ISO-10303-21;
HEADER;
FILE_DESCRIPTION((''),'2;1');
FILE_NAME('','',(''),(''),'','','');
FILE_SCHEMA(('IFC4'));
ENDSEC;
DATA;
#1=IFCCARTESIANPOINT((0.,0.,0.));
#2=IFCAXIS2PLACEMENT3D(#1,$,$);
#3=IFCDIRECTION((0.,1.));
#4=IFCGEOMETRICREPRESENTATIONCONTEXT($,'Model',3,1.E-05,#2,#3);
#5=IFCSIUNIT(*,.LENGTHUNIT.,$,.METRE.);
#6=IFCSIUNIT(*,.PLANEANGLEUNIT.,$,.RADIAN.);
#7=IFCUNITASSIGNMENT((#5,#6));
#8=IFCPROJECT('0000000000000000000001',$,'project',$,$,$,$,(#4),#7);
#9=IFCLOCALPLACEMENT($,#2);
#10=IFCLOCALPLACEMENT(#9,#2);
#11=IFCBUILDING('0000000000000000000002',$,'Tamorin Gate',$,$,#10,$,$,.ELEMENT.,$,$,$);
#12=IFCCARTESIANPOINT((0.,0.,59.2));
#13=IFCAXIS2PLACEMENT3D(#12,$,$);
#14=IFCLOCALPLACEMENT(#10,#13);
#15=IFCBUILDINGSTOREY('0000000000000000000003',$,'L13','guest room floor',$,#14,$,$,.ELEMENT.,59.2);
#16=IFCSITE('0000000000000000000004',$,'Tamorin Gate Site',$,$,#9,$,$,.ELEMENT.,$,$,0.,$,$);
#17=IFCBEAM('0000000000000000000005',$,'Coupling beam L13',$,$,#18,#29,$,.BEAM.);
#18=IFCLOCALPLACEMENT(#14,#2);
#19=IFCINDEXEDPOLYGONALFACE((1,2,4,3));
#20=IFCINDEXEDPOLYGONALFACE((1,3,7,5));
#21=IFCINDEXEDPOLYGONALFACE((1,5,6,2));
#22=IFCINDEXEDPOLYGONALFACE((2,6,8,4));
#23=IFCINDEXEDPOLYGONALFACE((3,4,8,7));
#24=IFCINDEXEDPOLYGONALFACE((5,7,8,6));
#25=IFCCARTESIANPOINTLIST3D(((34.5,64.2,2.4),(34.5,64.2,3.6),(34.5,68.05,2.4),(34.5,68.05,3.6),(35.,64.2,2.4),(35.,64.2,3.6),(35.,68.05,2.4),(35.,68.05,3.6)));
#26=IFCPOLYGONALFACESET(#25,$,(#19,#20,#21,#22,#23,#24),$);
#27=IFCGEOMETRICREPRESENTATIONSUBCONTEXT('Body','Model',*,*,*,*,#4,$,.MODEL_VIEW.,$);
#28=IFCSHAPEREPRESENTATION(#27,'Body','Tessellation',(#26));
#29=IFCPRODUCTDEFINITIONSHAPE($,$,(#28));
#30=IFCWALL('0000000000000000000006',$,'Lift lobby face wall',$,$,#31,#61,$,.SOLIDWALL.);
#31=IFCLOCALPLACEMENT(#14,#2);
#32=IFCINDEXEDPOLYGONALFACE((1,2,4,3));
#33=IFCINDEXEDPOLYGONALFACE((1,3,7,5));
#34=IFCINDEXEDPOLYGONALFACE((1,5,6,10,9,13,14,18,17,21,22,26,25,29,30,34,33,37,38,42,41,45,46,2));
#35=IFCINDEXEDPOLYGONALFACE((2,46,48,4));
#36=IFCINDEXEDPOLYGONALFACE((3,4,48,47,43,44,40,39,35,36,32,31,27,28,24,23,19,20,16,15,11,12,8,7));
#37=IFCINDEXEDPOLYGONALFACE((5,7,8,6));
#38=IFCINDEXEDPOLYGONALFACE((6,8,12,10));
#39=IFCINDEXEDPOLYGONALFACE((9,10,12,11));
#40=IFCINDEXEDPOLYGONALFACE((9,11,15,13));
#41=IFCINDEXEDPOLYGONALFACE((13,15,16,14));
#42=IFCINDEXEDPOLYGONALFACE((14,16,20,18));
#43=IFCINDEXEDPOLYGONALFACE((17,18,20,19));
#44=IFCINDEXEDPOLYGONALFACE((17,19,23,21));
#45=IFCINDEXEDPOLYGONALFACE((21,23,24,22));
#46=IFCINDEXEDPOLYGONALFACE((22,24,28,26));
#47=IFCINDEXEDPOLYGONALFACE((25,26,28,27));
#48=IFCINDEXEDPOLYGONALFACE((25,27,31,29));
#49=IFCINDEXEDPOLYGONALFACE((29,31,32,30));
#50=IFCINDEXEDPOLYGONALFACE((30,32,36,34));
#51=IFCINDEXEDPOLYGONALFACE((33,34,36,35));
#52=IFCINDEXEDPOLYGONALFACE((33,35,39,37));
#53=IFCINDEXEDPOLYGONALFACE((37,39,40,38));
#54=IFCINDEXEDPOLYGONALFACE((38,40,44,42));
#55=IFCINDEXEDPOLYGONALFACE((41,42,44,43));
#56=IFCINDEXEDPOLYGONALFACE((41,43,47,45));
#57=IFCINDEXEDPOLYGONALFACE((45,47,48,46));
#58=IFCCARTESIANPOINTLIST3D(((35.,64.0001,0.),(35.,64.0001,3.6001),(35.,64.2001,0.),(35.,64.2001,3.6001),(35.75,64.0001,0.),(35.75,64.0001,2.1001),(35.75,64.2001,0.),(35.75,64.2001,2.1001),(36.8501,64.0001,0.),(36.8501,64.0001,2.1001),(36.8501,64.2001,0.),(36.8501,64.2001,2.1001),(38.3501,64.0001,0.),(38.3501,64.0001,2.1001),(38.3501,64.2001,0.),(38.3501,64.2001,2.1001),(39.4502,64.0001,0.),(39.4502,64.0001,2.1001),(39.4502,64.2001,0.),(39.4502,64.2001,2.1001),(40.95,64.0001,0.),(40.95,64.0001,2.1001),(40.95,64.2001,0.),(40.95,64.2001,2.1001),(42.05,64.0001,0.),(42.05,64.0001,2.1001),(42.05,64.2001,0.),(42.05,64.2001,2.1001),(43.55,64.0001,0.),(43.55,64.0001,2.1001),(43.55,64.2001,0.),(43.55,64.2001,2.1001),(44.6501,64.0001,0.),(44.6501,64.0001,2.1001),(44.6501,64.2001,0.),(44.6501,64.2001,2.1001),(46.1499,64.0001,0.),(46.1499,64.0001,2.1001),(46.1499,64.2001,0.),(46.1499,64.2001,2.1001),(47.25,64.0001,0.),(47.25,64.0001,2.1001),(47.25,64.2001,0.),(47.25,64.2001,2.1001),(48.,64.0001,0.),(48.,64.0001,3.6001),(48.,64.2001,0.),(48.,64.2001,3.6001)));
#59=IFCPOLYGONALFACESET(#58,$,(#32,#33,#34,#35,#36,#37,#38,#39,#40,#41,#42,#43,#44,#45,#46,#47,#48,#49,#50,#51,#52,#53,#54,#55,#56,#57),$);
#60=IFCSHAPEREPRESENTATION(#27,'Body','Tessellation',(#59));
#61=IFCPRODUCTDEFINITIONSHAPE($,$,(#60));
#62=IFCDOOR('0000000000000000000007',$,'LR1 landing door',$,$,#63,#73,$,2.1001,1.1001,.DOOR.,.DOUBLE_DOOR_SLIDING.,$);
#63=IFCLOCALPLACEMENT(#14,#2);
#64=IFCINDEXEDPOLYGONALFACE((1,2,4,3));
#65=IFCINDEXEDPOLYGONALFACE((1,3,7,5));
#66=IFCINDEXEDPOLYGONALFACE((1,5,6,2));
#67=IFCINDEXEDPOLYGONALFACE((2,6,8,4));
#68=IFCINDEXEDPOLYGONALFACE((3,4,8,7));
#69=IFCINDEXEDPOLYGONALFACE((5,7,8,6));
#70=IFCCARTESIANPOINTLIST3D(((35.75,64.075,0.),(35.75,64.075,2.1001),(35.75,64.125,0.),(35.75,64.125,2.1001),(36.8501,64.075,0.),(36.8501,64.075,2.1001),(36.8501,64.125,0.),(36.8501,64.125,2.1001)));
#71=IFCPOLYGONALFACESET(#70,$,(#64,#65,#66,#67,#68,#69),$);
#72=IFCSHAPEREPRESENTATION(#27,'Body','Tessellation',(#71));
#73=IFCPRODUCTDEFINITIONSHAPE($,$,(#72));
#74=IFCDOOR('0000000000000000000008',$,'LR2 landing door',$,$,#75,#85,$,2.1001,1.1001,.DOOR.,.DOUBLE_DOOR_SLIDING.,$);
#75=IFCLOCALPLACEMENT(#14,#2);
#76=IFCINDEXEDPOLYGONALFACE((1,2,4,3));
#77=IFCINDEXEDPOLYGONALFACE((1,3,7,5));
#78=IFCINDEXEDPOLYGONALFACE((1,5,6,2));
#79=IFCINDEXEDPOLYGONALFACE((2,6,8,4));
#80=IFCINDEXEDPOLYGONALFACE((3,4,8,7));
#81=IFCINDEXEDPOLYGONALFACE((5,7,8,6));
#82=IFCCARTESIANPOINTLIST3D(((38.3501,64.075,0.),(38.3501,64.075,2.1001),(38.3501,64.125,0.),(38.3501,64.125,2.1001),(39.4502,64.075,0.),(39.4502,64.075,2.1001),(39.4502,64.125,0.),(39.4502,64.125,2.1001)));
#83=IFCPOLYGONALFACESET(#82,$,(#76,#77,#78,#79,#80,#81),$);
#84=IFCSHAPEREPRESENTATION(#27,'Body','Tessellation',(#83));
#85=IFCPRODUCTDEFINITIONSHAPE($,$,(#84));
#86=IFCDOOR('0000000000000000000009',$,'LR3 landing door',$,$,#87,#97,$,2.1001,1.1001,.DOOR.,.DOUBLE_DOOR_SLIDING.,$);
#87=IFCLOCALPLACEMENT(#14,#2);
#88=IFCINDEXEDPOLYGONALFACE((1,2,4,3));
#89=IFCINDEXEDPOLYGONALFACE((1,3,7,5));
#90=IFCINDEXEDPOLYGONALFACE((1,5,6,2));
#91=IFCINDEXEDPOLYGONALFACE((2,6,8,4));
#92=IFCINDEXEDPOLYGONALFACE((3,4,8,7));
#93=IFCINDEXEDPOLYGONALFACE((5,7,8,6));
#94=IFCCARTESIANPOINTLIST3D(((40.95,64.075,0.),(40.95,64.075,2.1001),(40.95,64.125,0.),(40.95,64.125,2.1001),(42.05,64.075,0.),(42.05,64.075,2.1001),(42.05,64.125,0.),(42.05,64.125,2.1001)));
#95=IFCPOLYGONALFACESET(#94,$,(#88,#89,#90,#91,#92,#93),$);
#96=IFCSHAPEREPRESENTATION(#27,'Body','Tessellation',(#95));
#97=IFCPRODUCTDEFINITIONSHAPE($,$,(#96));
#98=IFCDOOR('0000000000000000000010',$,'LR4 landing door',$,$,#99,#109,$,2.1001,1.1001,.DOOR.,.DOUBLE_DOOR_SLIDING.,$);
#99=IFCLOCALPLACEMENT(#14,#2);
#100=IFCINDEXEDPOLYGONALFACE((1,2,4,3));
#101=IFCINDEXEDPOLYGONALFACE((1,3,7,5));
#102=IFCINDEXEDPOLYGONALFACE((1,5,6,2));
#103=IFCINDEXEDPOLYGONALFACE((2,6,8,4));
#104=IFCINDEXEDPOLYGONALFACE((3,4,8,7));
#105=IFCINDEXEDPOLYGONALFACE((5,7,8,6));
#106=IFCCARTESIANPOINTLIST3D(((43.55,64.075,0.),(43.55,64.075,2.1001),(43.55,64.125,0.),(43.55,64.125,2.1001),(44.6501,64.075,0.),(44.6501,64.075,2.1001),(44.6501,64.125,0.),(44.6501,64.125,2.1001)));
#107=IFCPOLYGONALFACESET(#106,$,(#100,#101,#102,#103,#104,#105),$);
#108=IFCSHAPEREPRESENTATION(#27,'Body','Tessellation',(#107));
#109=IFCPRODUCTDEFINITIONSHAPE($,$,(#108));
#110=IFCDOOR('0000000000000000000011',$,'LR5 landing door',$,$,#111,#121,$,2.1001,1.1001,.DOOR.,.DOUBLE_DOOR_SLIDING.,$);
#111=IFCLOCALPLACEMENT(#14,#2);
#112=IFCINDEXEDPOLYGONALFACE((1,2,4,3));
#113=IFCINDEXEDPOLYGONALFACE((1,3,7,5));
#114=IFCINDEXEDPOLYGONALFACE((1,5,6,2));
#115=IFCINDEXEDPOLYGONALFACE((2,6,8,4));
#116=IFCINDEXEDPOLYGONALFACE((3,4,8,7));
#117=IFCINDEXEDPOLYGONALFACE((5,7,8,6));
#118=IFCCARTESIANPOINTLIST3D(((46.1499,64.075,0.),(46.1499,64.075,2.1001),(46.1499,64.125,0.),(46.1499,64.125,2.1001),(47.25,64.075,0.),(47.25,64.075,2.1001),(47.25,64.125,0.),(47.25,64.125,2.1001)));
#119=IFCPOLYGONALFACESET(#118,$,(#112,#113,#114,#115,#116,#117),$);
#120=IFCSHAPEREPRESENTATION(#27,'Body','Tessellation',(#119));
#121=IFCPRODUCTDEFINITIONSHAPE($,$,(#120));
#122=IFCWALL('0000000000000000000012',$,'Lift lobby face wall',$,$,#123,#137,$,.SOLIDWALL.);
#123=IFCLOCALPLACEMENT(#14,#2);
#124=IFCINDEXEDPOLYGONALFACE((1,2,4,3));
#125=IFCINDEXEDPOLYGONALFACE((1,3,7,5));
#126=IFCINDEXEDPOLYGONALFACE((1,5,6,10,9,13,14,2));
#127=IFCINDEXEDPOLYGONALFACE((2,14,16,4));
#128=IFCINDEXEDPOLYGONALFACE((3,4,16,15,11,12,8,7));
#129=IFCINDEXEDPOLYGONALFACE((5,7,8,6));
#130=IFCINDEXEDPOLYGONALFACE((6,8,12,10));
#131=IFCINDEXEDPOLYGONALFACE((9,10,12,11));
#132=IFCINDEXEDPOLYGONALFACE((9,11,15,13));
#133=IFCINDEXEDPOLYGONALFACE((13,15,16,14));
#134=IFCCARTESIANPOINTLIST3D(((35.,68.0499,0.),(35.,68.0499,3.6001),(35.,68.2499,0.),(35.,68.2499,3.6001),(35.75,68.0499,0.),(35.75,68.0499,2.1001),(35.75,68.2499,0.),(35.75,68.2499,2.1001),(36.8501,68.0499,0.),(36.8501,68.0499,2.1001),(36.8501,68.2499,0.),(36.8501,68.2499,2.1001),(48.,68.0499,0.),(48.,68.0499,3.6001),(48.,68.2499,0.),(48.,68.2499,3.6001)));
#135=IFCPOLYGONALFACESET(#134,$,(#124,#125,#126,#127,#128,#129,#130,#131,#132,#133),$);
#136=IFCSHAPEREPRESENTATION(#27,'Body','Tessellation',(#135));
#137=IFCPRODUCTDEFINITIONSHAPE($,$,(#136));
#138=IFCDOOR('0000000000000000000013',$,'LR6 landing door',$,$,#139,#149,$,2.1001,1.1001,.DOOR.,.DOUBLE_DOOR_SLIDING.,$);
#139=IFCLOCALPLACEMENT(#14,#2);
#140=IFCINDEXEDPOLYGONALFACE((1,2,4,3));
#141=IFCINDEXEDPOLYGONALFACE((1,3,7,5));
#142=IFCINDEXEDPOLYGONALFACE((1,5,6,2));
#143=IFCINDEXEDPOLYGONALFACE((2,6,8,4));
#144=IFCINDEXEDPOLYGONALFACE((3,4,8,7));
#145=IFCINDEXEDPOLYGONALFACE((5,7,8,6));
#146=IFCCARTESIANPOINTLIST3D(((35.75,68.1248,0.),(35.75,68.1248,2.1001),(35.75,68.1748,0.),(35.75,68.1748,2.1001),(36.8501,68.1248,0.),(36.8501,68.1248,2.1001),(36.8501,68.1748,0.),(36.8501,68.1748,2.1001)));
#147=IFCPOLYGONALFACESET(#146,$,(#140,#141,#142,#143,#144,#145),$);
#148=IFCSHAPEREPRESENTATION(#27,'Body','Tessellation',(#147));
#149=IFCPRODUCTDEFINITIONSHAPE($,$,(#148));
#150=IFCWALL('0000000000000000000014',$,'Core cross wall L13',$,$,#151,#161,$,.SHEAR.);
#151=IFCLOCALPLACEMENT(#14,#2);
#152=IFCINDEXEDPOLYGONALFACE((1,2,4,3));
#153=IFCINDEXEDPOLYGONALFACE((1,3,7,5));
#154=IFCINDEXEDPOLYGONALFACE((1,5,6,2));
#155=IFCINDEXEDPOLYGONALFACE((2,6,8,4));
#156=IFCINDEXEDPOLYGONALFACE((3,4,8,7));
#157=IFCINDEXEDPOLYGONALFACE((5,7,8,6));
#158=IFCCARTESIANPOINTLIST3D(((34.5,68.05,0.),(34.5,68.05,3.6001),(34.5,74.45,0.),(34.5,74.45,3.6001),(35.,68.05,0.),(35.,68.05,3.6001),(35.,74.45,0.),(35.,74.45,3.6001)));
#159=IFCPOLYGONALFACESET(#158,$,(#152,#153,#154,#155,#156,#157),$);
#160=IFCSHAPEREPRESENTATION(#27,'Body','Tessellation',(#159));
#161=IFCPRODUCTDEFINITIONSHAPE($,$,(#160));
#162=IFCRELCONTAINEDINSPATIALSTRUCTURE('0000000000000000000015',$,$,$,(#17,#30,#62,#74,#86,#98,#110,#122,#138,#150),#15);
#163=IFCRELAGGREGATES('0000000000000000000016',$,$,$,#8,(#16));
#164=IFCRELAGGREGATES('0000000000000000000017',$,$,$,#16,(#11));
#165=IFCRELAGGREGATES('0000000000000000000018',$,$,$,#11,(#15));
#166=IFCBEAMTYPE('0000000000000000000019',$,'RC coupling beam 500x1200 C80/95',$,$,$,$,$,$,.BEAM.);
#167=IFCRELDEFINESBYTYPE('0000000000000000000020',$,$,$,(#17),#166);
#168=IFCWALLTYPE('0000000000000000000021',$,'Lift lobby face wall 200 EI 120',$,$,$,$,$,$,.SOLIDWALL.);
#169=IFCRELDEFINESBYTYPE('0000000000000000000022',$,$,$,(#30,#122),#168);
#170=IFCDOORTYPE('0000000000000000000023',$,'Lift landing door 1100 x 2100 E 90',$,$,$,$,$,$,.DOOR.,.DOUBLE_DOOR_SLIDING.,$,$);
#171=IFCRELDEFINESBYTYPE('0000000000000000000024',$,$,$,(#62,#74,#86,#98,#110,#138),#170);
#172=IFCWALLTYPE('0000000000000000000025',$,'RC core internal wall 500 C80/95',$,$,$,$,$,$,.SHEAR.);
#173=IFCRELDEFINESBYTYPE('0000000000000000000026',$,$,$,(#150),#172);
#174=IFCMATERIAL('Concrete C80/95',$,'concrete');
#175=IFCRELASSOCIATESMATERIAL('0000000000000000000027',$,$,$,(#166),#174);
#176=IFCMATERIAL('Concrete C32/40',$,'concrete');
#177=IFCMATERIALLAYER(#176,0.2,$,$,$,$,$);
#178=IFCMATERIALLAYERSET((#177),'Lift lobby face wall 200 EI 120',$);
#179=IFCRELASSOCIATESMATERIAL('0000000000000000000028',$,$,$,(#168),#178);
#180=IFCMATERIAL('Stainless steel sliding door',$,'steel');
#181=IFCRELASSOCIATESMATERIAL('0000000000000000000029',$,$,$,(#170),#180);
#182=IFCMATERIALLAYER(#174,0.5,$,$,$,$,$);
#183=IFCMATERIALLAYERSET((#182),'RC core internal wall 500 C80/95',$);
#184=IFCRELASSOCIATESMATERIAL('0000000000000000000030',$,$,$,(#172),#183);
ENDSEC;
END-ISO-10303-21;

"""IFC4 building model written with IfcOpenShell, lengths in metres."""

from ifc_helpers import new_model, si_unit, direction, frame, frame_2d, origin, origin_2d, place, context, subcontext, project, spatial, rectangle, extrude, material, layer, layer_set, material_profile, profile_set, type_object, element, fill, save


model = new_model("IFC4")

# Units and contexts
model_context = context("Model", 3, precision=1e-05, world=origin(), true_north=direction((0.0, 1.0)))
body_context = subcontext(model_context, "Body", "Model", "MODEL_VIEW")
ifc_project = project(units=[si_unit("LENGTHUNIT", "METRE"), si_unit("PLANEANGLEUNIT", "RADIAN")], contexts=[model_context])

# Site, building, storey
site_placement = place(None, origin())
site = spatial("IfcSite", under=ifc_project, at=site_placement, Name="Tamorin Gate Site", CompositionType="ELEMENT", RefElevation=0.0)
building_placement = place(site_placement, origin())
building = spatial("IfcBuilding", under=site, at=building_placement, Name="Tamorin Gate", CompositionType="ELEMENT")
storey_placement = place(building_placement, frame((0.0, 0.0, 59.2)))
storey = spatial("IfcBuildingStorey", under=building, at=storey_placement, Name="L13", Description="guest room floor", CompositionType="ELEMENT", Elevation=59.2)

# Beam
ifc_material_1 = material(Name="Concrete C80/95", Category="concrete")
ifc_material_profile = material_profile(ifc_material_1, rectangle(XDim=0.5, YDim=1.2, at=origin_2d()), Name="RC 500x1200")
ifc_profile_set = profile_set([ifc_material_profile], Name="Concrete C80/95")
beam_type = type_object("IfcBeamType", Name="RC coupling beam 500x1200 C80/95", PredefinedType="BEAM", material=ifc_profile_set)
beam_placement = place(storey_placement, frame((34.75, 64.2, 3.0), z_axis=(0.0, 1.0, 0.0), x_axis=(-1.0, 0.0, 0.0)))
element("IfcBeam", 1, at=beam_placement, inside=storey, type_object=beam_type, Name="Coupling beam L13", PredefinedType="BEAM", context=body_context, shape_type="SweptSolid", body=[
    extrude(rectangle(XDim=0.5, YDim=1.2, at=origin_2d()), origin(), (0.0, 0.0, 1.0), 3.8501),
])

# Wall, openings, doors
ifc_material_2 = material(Name="Concrete C32/40", Category="concrete")
ifc_layer_1 = layer(ifc_material_2, 0.2)
ifc_layer_set_1 = layer_set([ifc_layer_1], Name="Lift lobby face wall 200 EI 120")
wall_type_1 = type_object("IfcWallType", Name="Lift lobby face wall 200 EI 120", PredefinedType="SOLIDWALL", material=ifc_layer_set_1)
wall_1_placement = place(storey_placement, frame((35.0, 64.1001, 0.0), z_axis=(0.0, 0.0, 1.0), x_axis=(1.0, 0.0, 0.0)))
wall_1 = element("IfcWall", 2, at=wall_1_placement, inside=storey, type_object=wall_type_1, Name="Lift lobby face wall", PredefinedType="SOLIDWALL", context=body_context, shape_type="SweptSolid", body=[
    extrude(rectangle(XDim=13.0, YDim=0.2, at=frame_2d((6.5, 0.0))), origin(), (0.0, 0.0, 1.0), 3.6001),
])
opening_1_placement = place(wall_1_placement, frame((0.75, 0.0, 0.0)))
opening_1 = element("IfcOpeningElement", 3, at=opening_1_placement, cuts=wall_1, PredefinedType="OPENING", context=body_context, shape_type="SweptSolid", body=[
    extrude(rectangle(XDim=1.1001, YDim=2.1001, at=frame_2d((0.55, 1.05))), frame((0.0, 0.1099, 0.0), z_axis=(0.0, -1.0, 0.0), x_axis=(1.0, 0.0, 0.0)), (0.0, 0.0, 1.0), 0.22),
])
opening_2_placement = place(wall_1_placement, frame((3.3501, 0.0, 0.0)))
opening_2 = element("IfcOpeningElement", 4, at=opening_2_placement, cuts=wall_1, PredefinedType="OPENING", context=body_context, shape_type="SweptSolid", body=[
    extrude(rectangle(XDim=1.1001, YDim=2.1001, at=frame_2d((0.55, 1.05))), frame((0.0, 0.1099, 0.0), z_axis=(0.0, -1.0, 0.0), x_axis=(1.0, 0.0, 0.0)), (0.0, 0.0, 1.0), 0.22),
])
opening_3_placement = place(wall_1_placement, frame((5.95, 0.0, 0.0)))
opening_3 = element("IfcOpeningElement", 5, at=opening_3_placement, cuts=wall_1, PredefinedType="OPENING", context=body_context, shape_type="SweptSolid", body=[
    extrude(rectangle(XDim=1.1001, YDim=2.1001, at=frame_2d((0.55, 1.05))), frame((0.0, 0.1099, 0.0), z_axis=(0.0, -1.0, 0.0), x_axis=(1.0, 0.0, 0.0)), (0.0, 0.0, 1.0), 0.22),
])
opening_4_placement = place(wall_1_placement, frame((8.55, 0.0, 0.0)))
opening_4 = element("IfcOpeningElement", 6, at=opening_4_placement, cuts=wall_1, PredefinedType="OPENING", context=body_context, shape_type="SweptSolid", body=[
    extrude(rectangle(XDim=1.1001, YDim=2.1001, at=frame_2d((0.55, 1.05))), frame((0.0, 0.1099, 0.0), z_axis=(0.0, -1.0, 0.0), x_axis=(1.0, 0.0, 0.0)), (0.0, 0.0, 1.0), 0.22),
])
opening_5_placement = place(wall_1_placement, frame((11.1499, 0.0, 0.0)))
opening_5 = element("IfcOpeningElement", 7, at=opening_5_placement, cuts=wall_1, PredefinedType="OPENING", context=body_context, shape_type="SweptSolid", body=[
    extrude(rectangle(XDim=1.1001, YDim=2.1001, at=frame_2d((0.55, 1.05))), frame((0.0, 0.1099, 0.0), z_axis=(0.0, -1.0, 0.0), x_axis=(1.0, 0.0, 0.0)), (0.0, 0.0, 1.0), 0.22),
])
ifc_material_3 = material(Name="Stainless steel sliding door", Category="steel")
door_type_1 = type_object("IfcDoorType", Name="Lift landing door 1100 x 2100 E 90", OperationType="DOUBLE_DOOR_SLIDING", PredefinedType="DOOR", material=ifc_material_3)
door_1_placement = place(opening_1_placement, origin())
door_1 = element("IfcDoor", 8, at=door_1_placement, inside=storey, type_object=door_type_1, Name="LR1 landing door", OperationType="DOUBLE_DOOR_SLIDING", OverallHeight=2.1001, OverallWidth=1.1001, PredefinedType="DOOR", context=body_context, shape_type="SweptSolid", body=[
    extrude(rectangle(XDim=1.1001, YDim=2.1001, at=frame_2d((0.55, 1.05))), frame((0.0, 0.0249, 0.0), z_axis=(0.0, -1.0, 0.0), x_axis=(1.0, 0.0, 0.0)), (0.0, 0.0, 1.0), 0.05),
])
fill(opening_1, door_1)
door_2_placement = place(opening_2_placement, origin())
door_2 = element("IfcDoor", 9, at=door_2_placement, inside=storey, type_object=door_type_1, Name="LR2 landing door", OperationType="DOUBLE_DOOR_SLIDING", OverallHeight=2.1001, OverallWidth=1.1001, PredefinedType="DOOR", context=body_context, shape_type="SweptSolid", body=[
    extrude(rectangle(XDim=1.1001, YDim=2.1001, at=frame_2d((0.55, 1.05))), frame((0.0, 0.0249, 0.0), z_axis=(0.0, -1.0, 0.0), x_axis=(1.0, 0.0, 0.0)), (0.0, 0.0, 1.0), 0.05),
])
fill(opening_2, door_2)
door_3_placement = place(opening_3_placement, origin())
door_3 = element("IfcDoor", 10, at=door_3_placement, inside=storey, type_object=door_type_1, Name="LR3 landing door", OperationType="DOUBLE_DOOR_SLIDING", OverallHeight=2.1001, OverallWidth=1.1001, PredefinedType="DOOR", context=body_context, shape_type="SweptSolid", body=[
    extrude(rectangle(XDim=1.1001, YDim=2.1001, at=frame_2d((0.55, 1.05))), frame((0.0, 0.0249, 0.0), z_axis=(0.0, -1.0, 0.0), x_axis=(1.0, 0.0, 0.0)), (0.0, 0.0, 1.0), 0.05),
])
fill(opening_3, door_3)
door_4_placement = place(opening_4_placement, origin())
door_4 = element("IfcDoor", 11, at=door_4_placement, inside=storey, type_object=door_type_1, Name="LR4 landing door", OperationType="DOUBLE_DOOR_SLIDING", OverallHeight=2.1001, OverallWidth=1.1001, PredefinedType="DOOR", context=body_context, shape_type="SweptSolid", body=[
    extrude(rectangle(XDim=1.1001, YDim=2.1001, at=frame_2d((0.55, 1.05))), frame((0.0, 0.0249, 0.0), z_axis=(0.0, -1.0, 0.0), x_axis=(1.0, 0.0, 0.0)), (0.0, 0.0, 1.0), 0.05),
])
fill(opening_4, door_4)
door_5_placement = place(opening_5_placement, origin())
door_5 = element("IfcDoor", 12, at=door_5_placement, inside=storey, type_object=door_type_1, Name="LR5 landing door", OperationType="DOUBLE_DOOR_SLIDING", OverallHeight=2.1001, OverallWidth=1.1001, PredefinedType="DOOR", context=body_context, shape_type="SweptSolid", body=[
    extrude(rectangle(XDim=1.1001, YDim=2.1001, at=frame_2d((0.55, 1.05))), frame((0.0, 0.0249, 0.0), z_axis=(0.0, -1.0, 0.0), x_axis=(1.0, 0.0, 0.0)), (0.0, 0.0, 1.0), 0.05),
])
fill(opening_5, door_5)

# Wall, opening, door
wall_2_placement = place(storey_placement, frame((35.0, 68.1499, 0.0), z_axis=(0.0, 0.0, 1.0), x_axis=(1.0, 0.0, 0.0)))
wall_2 = element("IfcWall", 13, at=wall_2_placement, inside=storey, type_object=wall_type_1, Name="Lift lobby face wall", PredefinedType="SOLIDWALL", context=body_context, shape_type="SweptSolid", body=[
    extrude(rectangle(XDim=13.0, YDim=0.2, at=frame_2d((6.5, 0.0))), origin(), (0.0, 0.0, 1.0), 3.6001),
])
opening_6_placement = place(wall_2_placement, frame((0.75, 0.0, 0.0)))
opening_6 = element("IfcOpeningElement", 14, at=opening_6_placement, cuts=wall_2, PredefinedType="OPENING", context=body_context, shape_type="SweptSolid", body=[
    extrude(rectangle(XDim=1.1001, YDim=2.1001, at=frame_2d((0.55, 1.05))), frame((0.0, 0.1099, 0.0), z_axis=(0.0, -1.0, 0.0), x_axis=(1.0, 0.0, 0.0)), (0.0, 0.0, 1.0), 0.22),
])
door_6_placement = place(opening_6_placement, origin())
door_6 = element("IfcDoor", 15, at=door_6_placement, inside=storey, type_object=door_type_1, Name="LR6 landing door", OperationType="DOUBLE_DOOR_SLIDING", OverallHeight=2.1001, OverallWidth=1.1001, PredefinedType="DOOR", context=body_context, shape_type="SweptSolid", body=[
    extrude(rectangle(XDim=1.1001, YDim=2.1001, at=frame_2d((0.55, 1.05))), frame((0.0, 0.0249, 0.0), z_axis=(0.0, -1.0, 0.0), x_axis=(1.0, 0.0, 0.0)), (0.0, 0.0, 1.0), 0.05),
])
fill(opening_6, door_6)

# Wall
ifc_layer_2 = layer(ifc_material_1, 0.5)
ifc_layer_set_2 = layer_set([ifc_layer_2], Name="RC core internal wall 500 C80/95")
wall_type_2 = type_object("IfcWallType", Name="RC core internal wall 500 C80/95", PredefinedType="SHEAR", material=ifc_layer_set_2)
wall_3_placement = place(storey_placement, frame((34.75, 68.05, 0.0), z_axis=(0.0, 0.0, 1.0), x_axis=(0.0, 1.0, 0.0)))
element("IfcWall", 16, at=wall_3_placement, inside=storey, type_object=wall_type_2, Name="Core cross wall L13", PredefinedType="SHEAR", context=body_context, shape_type="SweptSolid", body=[
    extrude(rectangle(XDim=6.3999, YDim=0.5, at=frame_2d((3.2, 0.0))), origin(), (0.0, 0.0, 1.0), 3.6001),
])

save(model, "model.ifc")
